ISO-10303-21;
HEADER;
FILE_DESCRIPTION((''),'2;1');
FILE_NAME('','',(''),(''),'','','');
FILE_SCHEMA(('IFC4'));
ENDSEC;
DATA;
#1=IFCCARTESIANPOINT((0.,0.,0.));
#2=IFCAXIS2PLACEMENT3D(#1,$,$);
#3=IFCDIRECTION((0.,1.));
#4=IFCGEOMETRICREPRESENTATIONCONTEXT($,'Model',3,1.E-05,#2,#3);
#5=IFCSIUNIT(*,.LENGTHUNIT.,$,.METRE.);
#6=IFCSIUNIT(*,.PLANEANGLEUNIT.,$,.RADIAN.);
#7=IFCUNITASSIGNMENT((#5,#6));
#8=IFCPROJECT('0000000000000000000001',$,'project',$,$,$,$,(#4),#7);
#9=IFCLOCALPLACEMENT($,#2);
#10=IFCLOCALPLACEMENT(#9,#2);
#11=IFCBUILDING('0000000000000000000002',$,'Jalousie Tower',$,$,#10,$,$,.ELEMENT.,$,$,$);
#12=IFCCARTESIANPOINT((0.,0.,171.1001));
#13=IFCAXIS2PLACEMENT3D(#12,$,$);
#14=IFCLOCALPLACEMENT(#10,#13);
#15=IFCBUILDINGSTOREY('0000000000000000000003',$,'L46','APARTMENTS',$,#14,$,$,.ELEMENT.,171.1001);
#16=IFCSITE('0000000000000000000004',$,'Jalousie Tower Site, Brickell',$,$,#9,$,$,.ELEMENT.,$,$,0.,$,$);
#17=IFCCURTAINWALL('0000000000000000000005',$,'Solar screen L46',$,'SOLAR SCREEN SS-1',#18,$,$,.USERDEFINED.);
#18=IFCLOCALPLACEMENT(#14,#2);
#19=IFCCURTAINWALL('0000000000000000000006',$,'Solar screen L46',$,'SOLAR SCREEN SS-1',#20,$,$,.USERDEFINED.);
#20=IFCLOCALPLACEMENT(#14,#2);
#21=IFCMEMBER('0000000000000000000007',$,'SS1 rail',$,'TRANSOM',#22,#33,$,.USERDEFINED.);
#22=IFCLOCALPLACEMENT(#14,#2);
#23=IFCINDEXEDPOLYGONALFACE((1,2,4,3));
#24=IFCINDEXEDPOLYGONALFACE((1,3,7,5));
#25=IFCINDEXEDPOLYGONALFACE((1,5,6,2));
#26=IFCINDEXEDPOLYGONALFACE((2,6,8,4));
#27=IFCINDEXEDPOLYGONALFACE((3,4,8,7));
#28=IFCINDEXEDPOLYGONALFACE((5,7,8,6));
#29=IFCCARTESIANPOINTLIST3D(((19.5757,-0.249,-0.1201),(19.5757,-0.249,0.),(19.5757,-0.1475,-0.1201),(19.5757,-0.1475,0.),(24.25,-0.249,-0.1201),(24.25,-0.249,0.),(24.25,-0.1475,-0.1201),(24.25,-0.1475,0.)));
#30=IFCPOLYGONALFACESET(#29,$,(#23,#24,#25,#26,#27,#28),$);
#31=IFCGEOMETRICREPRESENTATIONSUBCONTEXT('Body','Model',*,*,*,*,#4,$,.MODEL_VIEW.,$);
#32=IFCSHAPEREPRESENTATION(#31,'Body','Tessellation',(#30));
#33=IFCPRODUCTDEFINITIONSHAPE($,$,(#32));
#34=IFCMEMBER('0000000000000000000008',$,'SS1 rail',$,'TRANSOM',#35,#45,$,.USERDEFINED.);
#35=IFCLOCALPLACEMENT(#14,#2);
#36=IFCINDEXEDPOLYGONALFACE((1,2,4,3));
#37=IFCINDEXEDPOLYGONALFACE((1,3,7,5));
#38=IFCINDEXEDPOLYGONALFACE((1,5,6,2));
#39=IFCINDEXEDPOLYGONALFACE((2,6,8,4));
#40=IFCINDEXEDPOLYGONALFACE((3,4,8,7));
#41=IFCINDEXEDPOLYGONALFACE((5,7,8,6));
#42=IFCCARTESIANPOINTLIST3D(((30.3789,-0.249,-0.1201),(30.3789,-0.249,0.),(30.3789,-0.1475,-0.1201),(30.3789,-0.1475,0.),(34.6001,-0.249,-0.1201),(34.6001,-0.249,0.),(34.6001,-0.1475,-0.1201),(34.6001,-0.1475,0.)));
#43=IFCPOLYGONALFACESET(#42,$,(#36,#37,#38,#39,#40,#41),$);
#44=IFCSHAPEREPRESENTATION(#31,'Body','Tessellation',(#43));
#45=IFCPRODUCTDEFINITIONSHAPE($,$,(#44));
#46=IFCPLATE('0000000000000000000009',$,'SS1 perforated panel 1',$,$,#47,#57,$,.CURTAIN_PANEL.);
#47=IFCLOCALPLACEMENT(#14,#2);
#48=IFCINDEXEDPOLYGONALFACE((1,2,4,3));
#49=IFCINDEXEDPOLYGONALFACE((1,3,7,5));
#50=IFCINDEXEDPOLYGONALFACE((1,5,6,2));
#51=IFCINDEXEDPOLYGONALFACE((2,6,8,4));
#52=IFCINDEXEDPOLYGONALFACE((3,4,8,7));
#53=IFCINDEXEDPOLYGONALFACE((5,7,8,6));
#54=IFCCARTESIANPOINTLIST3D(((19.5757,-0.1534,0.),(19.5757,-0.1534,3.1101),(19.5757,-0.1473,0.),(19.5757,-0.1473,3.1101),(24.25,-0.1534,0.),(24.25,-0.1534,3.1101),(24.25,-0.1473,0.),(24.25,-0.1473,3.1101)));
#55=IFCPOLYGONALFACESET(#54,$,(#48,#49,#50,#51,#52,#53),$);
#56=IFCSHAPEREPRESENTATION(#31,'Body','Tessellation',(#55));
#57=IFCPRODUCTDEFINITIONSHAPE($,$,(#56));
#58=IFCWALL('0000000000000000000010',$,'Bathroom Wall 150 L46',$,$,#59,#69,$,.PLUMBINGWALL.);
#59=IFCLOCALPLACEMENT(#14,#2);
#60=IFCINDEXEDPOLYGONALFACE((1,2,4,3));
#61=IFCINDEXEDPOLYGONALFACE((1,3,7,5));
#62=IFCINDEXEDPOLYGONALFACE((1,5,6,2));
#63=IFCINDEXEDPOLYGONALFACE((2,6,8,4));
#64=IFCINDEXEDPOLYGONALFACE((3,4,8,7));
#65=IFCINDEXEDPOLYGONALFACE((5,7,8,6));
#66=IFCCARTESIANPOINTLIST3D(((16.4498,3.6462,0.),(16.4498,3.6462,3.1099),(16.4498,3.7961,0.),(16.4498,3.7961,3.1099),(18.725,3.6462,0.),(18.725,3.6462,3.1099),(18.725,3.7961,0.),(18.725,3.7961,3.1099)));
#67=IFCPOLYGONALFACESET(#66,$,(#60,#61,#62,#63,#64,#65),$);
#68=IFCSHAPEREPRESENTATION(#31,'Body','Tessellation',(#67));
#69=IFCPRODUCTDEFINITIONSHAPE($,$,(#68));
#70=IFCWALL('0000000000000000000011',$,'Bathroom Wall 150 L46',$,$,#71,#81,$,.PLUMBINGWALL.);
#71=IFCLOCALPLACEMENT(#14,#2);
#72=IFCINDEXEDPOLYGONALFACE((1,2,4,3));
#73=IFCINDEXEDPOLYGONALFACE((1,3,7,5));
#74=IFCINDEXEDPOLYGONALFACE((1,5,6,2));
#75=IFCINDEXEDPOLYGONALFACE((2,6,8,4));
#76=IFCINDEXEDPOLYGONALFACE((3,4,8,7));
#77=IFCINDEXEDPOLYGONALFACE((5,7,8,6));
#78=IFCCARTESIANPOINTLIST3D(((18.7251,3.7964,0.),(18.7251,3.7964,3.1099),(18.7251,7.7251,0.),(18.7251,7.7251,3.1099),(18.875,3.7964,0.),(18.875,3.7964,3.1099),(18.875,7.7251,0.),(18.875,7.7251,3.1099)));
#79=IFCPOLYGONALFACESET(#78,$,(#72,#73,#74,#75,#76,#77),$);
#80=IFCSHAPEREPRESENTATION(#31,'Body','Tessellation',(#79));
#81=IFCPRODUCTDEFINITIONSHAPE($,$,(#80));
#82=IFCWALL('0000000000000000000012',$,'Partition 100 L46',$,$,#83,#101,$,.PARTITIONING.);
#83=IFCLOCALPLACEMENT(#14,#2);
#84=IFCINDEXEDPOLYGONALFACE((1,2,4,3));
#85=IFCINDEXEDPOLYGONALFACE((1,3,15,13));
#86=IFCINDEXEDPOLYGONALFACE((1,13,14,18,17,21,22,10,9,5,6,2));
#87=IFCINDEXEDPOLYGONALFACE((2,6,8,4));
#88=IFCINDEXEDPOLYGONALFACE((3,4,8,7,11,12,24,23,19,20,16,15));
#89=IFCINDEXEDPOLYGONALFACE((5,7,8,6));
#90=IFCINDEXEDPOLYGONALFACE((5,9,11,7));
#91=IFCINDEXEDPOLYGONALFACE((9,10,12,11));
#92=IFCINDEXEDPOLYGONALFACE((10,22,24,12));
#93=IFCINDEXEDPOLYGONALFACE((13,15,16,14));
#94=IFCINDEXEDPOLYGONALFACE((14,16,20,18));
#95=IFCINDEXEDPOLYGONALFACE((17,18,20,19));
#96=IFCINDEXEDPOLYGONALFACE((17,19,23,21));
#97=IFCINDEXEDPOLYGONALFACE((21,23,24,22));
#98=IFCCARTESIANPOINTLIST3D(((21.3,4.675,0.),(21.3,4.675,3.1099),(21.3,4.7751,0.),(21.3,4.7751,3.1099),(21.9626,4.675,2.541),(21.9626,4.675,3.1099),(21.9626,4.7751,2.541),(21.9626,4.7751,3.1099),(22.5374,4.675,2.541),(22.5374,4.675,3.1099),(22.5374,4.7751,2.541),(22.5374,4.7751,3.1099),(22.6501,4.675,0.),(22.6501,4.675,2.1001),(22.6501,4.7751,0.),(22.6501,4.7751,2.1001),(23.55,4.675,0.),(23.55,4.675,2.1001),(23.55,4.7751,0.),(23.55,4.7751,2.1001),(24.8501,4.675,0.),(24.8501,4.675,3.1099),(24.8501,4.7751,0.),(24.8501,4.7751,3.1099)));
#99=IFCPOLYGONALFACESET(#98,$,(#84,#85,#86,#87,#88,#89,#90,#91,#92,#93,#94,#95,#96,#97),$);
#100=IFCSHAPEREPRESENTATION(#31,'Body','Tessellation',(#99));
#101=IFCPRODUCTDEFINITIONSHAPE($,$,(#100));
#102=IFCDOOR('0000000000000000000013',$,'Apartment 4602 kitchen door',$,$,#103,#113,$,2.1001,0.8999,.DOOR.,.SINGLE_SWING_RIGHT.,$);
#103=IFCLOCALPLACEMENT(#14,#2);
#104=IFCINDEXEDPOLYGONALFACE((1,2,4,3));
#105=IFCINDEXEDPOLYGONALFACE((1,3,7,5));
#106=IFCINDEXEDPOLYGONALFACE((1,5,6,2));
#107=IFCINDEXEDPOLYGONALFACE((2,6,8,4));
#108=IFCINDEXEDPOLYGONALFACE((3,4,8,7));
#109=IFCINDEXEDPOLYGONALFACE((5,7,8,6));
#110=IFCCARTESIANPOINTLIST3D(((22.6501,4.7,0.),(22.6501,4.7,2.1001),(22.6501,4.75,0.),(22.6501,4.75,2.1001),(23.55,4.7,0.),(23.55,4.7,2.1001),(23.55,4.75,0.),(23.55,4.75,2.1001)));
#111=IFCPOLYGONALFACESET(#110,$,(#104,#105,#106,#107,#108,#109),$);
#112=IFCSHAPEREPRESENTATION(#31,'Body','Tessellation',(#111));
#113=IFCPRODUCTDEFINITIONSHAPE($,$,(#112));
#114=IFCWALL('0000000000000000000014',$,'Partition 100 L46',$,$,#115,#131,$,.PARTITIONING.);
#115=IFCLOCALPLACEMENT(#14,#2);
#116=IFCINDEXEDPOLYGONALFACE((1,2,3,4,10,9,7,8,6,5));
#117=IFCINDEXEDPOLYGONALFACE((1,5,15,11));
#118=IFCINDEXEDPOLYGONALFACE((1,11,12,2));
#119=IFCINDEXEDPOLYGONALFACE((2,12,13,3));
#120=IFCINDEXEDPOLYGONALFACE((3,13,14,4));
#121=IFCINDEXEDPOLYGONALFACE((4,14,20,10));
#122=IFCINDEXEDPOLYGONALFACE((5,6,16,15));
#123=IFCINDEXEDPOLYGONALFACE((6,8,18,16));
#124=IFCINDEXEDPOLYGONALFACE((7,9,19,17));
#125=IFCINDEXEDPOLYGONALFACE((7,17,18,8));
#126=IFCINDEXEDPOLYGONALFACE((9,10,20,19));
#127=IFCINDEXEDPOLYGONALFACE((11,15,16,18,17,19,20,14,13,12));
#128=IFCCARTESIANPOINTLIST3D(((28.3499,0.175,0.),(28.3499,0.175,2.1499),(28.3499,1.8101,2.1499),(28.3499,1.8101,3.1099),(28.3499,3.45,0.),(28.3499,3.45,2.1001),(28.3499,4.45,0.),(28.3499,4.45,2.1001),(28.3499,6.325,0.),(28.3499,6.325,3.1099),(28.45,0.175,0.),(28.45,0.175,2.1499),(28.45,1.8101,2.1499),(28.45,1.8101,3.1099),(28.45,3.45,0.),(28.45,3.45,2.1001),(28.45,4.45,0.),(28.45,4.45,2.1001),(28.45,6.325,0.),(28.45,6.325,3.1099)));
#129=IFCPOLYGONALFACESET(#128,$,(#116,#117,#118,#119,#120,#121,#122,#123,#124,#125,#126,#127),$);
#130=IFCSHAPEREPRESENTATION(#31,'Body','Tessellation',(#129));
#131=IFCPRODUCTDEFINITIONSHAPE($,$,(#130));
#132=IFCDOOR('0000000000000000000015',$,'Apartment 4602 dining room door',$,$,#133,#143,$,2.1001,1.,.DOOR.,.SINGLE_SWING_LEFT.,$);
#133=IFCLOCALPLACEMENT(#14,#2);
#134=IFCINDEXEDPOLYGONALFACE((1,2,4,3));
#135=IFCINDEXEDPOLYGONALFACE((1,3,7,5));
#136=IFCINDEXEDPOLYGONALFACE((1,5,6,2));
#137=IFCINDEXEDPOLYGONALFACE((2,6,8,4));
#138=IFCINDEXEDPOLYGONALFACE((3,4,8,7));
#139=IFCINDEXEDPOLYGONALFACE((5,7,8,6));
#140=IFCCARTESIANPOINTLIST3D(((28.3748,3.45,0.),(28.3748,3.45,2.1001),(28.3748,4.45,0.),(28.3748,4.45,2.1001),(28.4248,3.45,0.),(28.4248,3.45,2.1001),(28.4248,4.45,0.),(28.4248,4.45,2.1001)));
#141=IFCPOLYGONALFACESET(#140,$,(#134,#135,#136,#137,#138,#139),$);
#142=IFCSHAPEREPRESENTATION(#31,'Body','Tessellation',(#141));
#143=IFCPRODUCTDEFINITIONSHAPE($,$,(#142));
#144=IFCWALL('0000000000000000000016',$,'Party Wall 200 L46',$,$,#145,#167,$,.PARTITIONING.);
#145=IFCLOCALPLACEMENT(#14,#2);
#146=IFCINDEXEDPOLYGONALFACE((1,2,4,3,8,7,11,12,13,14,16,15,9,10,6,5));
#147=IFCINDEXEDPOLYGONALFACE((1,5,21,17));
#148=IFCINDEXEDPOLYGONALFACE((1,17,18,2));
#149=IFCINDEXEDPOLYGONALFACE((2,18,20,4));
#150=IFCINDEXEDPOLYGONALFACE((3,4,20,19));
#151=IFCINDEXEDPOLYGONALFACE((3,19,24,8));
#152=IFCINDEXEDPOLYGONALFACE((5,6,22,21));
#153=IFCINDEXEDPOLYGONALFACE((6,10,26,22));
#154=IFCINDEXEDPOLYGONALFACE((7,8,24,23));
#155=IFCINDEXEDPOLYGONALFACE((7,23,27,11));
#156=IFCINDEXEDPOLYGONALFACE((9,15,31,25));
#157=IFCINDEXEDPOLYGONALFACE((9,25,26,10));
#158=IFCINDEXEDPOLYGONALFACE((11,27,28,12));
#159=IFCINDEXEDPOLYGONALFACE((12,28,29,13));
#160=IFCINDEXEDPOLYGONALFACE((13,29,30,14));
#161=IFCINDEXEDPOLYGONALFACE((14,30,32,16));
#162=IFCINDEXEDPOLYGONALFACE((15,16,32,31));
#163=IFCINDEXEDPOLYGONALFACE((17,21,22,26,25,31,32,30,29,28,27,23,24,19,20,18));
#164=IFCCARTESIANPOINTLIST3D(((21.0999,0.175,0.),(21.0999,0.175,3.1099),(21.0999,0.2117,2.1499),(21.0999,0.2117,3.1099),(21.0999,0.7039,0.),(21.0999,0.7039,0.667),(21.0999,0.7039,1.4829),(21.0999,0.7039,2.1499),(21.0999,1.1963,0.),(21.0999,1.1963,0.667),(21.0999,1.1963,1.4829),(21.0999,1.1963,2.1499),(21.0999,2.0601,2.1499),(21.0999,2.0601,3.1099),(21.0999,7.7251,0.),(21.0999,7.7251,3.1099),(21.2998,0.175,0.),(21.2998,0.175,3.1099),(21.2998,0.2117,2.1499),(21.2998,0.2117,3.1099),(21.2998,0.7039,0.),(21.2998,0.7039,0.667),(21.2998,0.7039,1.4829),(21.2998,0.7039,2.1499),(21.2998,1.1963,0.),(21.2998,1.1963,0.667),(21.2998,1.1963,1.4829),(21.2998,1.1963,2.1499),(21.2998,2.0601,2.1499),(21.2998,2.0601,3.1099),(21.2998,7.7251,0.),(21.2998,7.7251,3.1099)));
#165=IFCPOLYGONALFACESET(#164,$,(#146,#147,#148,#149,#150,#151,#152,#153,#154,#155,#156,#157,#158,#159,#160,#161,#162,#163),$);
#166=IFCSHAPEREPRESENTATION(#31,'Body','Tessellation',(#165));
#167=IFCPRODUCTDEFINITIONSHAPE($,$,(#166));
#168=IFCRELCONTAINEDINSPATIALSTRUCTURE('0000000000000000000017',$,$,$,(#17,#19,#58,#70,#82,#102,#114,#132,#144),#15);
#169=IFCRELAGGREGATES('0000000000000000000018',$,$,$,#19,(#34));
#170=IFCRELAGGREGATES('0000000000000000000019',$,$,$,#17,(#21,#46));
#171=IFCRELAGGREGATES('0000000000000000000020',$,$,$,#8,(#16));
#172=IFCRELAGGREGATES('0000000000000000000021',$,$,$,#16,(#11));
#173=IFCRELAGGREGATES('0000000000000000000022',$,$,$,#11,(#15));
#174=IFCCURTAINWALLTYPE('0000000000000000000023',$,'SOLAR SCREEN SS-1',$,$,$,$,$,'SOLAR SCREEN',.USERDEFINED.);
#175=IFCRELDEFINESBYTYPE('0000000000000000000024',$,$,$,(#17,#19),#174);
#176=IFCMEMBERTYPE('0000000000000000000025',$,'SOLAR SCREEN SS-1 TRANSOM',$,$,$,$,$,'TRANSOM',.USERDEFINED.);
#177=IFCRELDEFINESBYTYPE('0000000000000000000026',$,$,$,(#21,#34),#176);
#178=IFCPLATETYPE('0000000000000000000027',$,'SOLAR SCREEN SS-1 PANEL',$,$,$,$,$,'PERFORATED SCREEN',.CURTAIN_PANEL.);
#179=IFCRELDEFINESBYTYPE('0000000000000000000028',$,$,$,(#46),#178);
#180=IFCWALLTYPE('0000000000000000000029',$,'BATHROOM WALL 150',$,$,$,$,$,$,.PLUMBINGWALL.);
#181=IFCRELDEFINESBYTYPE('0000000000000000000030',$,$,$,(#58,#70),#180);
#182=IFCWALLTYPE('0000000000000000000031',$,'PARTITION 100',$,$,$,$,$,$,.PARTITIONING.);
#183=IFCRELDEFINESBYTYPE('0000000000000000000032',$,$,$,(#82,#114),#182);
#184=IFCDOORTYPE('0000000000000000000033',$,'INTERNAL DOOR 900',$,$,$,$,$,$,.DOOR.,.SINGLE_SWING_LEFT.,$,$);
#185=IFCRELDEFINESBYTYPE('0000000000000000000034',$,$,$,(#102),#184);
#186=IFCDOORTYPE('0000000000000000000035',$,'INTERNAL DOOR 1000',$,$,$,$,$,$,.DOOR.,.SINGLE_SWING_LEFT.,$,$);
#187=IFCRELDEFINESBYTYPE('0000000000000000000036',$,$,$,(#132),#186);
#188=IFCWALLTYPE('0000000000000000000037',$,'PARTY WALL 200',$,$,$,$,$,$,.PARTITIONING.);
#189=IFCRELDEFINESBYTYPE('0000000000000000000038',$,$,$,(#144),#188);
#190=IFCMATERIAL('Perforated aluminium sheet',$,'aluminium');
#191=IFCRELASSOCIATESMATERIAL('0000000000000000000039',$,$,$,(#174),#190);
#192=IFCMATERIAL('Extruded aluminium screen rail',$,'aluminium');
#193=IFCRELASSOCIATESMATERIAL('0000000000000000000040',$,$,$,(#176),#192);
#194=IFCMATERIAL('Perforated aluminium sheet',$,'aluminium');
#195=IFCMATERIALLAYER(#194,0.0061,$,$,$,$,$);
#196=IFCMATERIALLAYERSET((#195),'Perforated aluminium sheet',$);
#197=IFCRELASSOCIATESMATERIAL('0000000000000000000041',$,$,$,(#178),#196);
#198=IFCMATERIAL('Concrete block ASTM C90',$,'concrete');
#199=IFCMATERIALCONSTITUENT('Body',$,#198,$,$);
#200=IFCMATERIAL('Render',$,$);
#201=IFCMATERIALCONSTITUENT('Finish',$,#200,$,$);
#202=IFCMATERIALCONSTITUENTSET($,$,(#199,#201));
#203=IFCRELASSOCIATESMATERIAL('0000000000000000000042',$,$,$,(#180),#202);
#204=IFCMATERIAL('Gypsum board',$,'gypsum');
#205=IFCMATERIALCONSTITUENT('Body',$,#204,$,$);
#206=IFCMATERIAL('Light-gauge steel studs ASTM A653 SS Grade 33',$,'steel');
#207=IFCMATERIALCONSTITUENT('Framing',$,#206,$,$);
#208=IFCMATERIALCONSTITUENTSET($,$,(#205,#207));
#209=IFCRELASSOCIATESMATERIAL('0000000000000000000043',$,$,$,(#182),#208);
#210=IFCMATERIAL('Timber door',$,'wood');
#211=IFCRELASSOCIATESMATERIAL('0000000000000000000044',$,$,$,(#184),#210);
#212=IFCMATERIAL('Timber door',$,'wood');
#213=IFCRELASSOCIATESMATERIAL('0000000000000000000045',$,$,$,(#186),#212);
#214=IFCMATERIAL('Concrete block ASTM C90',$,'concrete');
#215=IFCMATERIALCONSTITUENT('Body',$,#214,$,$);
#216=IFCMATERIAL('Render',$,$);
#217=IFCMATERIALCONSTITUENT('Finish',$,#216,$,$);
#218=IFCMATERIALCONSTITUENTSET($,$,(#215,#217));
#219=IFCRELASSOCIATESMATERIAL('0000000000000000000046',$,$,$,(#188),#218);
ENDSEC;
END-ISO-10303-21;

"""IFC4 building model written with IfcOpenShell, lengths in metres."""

from ifc_helpers import new_model, si_unit, direction, frame, frame_2d, origin, origin_2d, place, context, subcontext, project, spatial, polyline, rectangle, outline, extrude, material, layer, layer_set, constituent, constituent_set, material_profile, profile_set, type_object, element, fill, aggregate, save


model = new_model("IFC4")

# Units and contexts
model_context = context("Model", 3, precision=1e-05, world=origin(), true_north=direction((0.0, 1.0)))
body_context = subcontext(model_context, "Body", "Model", "MODEL_VIEW")
ifc_project = project(units=[si_unit("LENGTHUNIT", "METRE"), si_unit("PLANEANGLEUNIT", "RADIAN")], contexts=[model_context])

# Site, building, storey
site_placement = place(None, origin())
site = spatial("IfcSite", under=ifc_project, at=site_placement, Name="Jalousie Tower Site, Brickell", CompositionType="ELEMENT", RefElevation=0.0)
building_placement = place(site_placement, origin())
building = spatial("IfcBuilding", under=site, at=building_placement, Name="Jalousie Tower", CompositionType="ELEMENT")
storey_placement = place(building_placement, frame((0.0, 0.0, 171.1001)))
storey = spatial("IfcBuildingStorey", under=building, at=storey_placement, Name="L46", Description="APARTMENTS", CompositionType="ELEMENT", Elevation=171.1001)

# Curtain wall
ifc_material_1 = material(Name="Perforated aluminium sheet", Category="aluminium")
curtain_wall_type = type_object("IfcCurtainWallType", Name="SOLAR SCREEN SS-1", ElementType="SOLAR SCREEN", PredefinedType="USERDEFINED", material=ifc_material_1)
curtain_wall_1_placement = place(storey_placement, origin())
curtain_wall_1 = element("IfcCurtainWall", 1, at=curtain_wall_1_placement, inside=storey, type_object=curtain_wall_type, Name="Solar screen L46", ObjectType="SOLAR SCREEN SS-1", PredefinedType="USERDEFINED")

# Curtain wall
curtain_wall_2_placement = place(storey_placement, origin())
curtain_wall_2 = element("IfcCurtainWall", 2, at=curtain_wall_2_placement, inside=storey, type_object=curtain_wall_type, Name="Solar screen L46", ObjectType="SOLAR SCREEN SS-1", PredefinedType="USERDEFINED")

# Members
ifc_material_2 = material(Name="Extruded aluminium screen rail", Category="aluminium")
ifc_material_profile_1 = material_profile(ifc_material_2, rectangle(XDim=0.1016, YDim=0.1201, at=origin_2d()), Name="RAIL 102x120")
ifc_profile_set_1 = profile_set([ifc_material_profile_1], Name="Extruded aluminium screen rail")
member_type_1 = type_object("IfcMemberType", Name="SOLAR SCREEN SS-1 TRANSOM", ElementType="TRANSOM", PredefinedType="USERDEFINED", material=ifc_profile_set_1)
member_1_placement = place(storey_placement, frame((19.5757, -0.1982, -0.0601), z_axis=(1.0, 0.0, 0.0), x_axis=(0.0, 1.0, 0.0)))
member_1 = element("IfcMember", 3, at=member_1_placement, type_object=member_type_1, Name="SS1 rail", ObjectType="TRANSOM", PredefinedType="USERDEFINED", context=body_context, shape_type="SweptSolid", body=[
    extrude(rectangle(XDim=0.1016, YDim=0.1201, at=origin_2d()), origin(), (0.0, 0.0, 1.0), 4.6743),
])
member_2_placement = place(storey_placement, frame((30.3789, -0.1982, -0.0601), z_axis=(1.0, 0.0, 0.0), x_axis=(0.0, 1.0, 0.0)))
member_2 = element("IfcMember", 4, at=member_2_placement, type_object=member_type_1, Name="SS1 rail", ObjectType="TRANSOM", PredefinedType="USERDEFINED", context=body_context, shape_type="SweptSolid", body=[
    extrude(rectangle(XDim=0.1016, YDim=0.1201, at=origin_2d()), origin(), (0.0, 0.0, 1.0), 4.2212),
])
aggregate(curtain_wall_2, [member_2])

# Plate
ifc_material_3 = material(Name="Perforated aluminium sheet", Category="aluminium")
ifc_layer_1 = layer(ifc_material_3, 0.0061)
ifc_layer_set_1 = layer_set([ifc_layer_1], Name="Perforated aluminium sheet")
plate_type = type_object("IfcPlateType", Name="SOLAR SCREEN SS-1 PANEL", ElementType="PERFORATED SCREEN", PredefinedType="CURTAIN_PANEL", material=ifc_layer_set_1)
plate_placement = place(storey_placement, frame((21.9128, -0.1504, 0.0), z_axis=(0.0, 0.0, 1.0), x_axis=(1.0, 0.0, 0.0)))
plate = element("IfcPlate", 5, at=plate_placement, type_object=plate_type, Name="SS1 perforated panel 1", PredefinedType="CURTAIN_PANEL", context=body_context, shape_type="SweptSolid", body=[
    extrude(rectangle(XDim=4.6743, YDim=0.0061, at=origin_2d()), origin(), (0.0, 0.0, 1.0), 3.1101),
])
aggregate(curtain_wall_1, [member_1, plate])

# Walls
ifc_material_4 = material(Name="Concrete block ASTM C90", Category="concrete")
ifc_constituent_1 = constituent(ifc_material_4, Name="Body")
ifc_material_5 = material(Name="Render")
ifc_constituent_2 = constituent(ifc_material_5, Name="Finish")
ifc_constituent_set_1 = constituent_set(constituents=[ifc_constituent_1, ifc_constituent_2])
wall_type_1 = type_object("IfcWallType", Name="BATHROOM WALL 150", PredefinedType="PLUMBINGWALL", material=ifc_constituent_set_1)
wall_1_placement = place(storey_placement, frame((18.7251, 3.7212, 0.0), z_axis=(0.0, 0.0, 1.0), x_axis=(-1.0, 0.0, 0.0)))
element("IfcWall", 6, at=wall_1_placement, inside=storey, type_object=wall_type_1, Name="Bathroom Wall 150 L46", PredefinedType="PLUMBINGWALL", context=body_context, shape_type="SweptSolid", body=[
    extrude(rectangle(XDim=2.2751, YDim=0.1499, at=frame_2d((1.1377, 0.0))), origin(), (0.0, 0.0, 1.0), 3.1099),
])
wall_2_placement = place(storey_placement, frame((18.8, 3.7964, 0.0), z_axis=(0.0, 0.0, 1.0), x_axis=(0.0, 1.0, 0.0)))
element("IfcWall", 7, at=wall_2_placement, inside=storey, type_object=wall_type_1, Name="Bathroom Wall 150 L46", PredefinedType="PLUMBINGWALL", context=body_context, shape_type="SweptSolid", body=[
    extrude(rectangle(XDim=3.9287, YDim=0.1499, at=frame_2d((1.9644, 0.0))), origin(), (0.0, 0.0, 1.0), 3.1099),
])

# Walls, openings, doors
ifc_material_6 = material(Name="Gypsum board", Category="gypsum")
ifc_constituent_3 = constituent(ifc_material_6, Name="Body")
ifc_material_7 = material(Name="Light-gauge steel studs ASTM A653 SS Grade 33", Category="steel")
ifc_constituent_4 = constituent(ifc_material_7, Name="Framing")
ifc_constituent_set_2 = constituent_set(constituents=[ifc_constituent_3, ifc_constituent_4])
wall_type_2 = type_object("IfcWallType", Name="PARTITION 100", PredefinedType="PARTITIONING", material=ifc_constituent_set_2)
wall_3_placement = place(storey_placement, frame((21.3, 4.7251, 0.0), z_axis=(0.0, 0.0, 1.0), x_axis=(1.0, 0.0, 0.0)))
wall_3 = element("IfcWall", 8, at=wall_3_placement, inside=storey, type_object=wall_type_2, Name="Partition 100 L46", PredefinedType="PARTITIONING", context=body_context, shape_type="SweptSolid", body=[
    extrude(outline(polyline([(0.0, 0.0), (3.55, 0.0), (3.55, 3.1099), (1.2373, 3.1099), (1.2373, 2.541), (0.6626, 2.541), (0.6626, 3.1099), (0.0, 3.1099), (0.0, 0.0)])), frame((0.0, 0.05, 0.0), z_axis=(0.0, -1.0, 0.0), x_axis=(1.0, 0.0, 0.0)), (0.0, 0.0, 1.0), 0.1001),
])
opening_1_placement = place(wall_3_placement, frame((1.3501, 0.0, 0.0)))
opening_1 = element("IfcOpeningElement", 9, at=opening_1_placement, cuts=wall_3, PredefinedType="OPENING", context=body_context, shape_type="SweptSolid", body=[
    extrude(rectangle(XDim=0.8999, YDim=2.1001, at=frame_2d((0.45, 1.05))), frame((0.0, 0.0601, 0.0), z_axis=(0.0, -1.0, 0.0), x_axis=(1.0, 0.0, 0.0)), (0.0, 0.0, 1.0), 0.1201),
])
ifc_material_8 = material(Name="Timber door", Category="wood")
door_type_1 = type_object("IfcDoorType", Name="INTERNAL DOOR 900", OperationType="SINGLE_SWING_LEFT", PredefinedType="DOOR", material=ifc_material_8)
door_1_placement = place(opening_1_placement, origin())
door_1 = element("IfcDoor", 10, at=door_1_placement, inside=storey, type_object=door_type_1, Name="Apartment 4602 kitchen door", OperationType="SINGLE_SWING_RIGHT", OverallHeight=2.1001, OverallWidth=0.8999, PredefinedType="DOOR", context=body_context, shape_type="SweptSolid", body=[
    extrude(rectangle(XDim=0.8999, YDim=2.1001, at=frame_2d((0.45, 1.05))), frame((0.0, 0.0249, 0.0), z_axis=(0.0, -1.0, 0.0), x_axis=(1.0, 0.0, 0.0)), (0.0, 0.0, 1.0), 0.05),
])
fill(opening_1, door_1)
wall_4_placement = place(storey_placement, frame((28.3999, 0.175, 0.0), z_axis=(0.0, 0.0, 1.0), x_axis=(0.0, 1.0, 0.0)))
wall_4 = element("IfcWall", 11, at=wall_4_placement, inside=storey, type_object=wall_type_2, Name="Partition 100 L46", PredefinedType="PARTITIONING", context=body_context, shape_type="SweptSolid", body=[
    extrude(outline(polyline([(0.0, 0.0), (6.1499, 0.0), (6.1499, 3.1099), (1.635, 3.1099), (1.635, 2.1499), (0.0, 2.1499), (0.0, 3.1099), (0.0, 0.0)])), frame((0.0, 0.05, 0.0), z_axis=(0.0, -1.0, 0.0), x_axis=(1.0, 0.0, 0.0)), (0.0, 0.0, 1.0), 0.1001),
])
opening_2_placement = place(wall_4_placement, frame((3.2749, 0.0, 0.0)))
opening_2 = element("IfcOpeningElement", 12, at=opening_2_placement, cuts=wall_4, PredefinedType="OPENING", context=body_context, shape_type="SweptSolid", body=[
    extrude(rectangle(XDim=1.0, YDim=2.1001, at=frame_2d((0.5, 1.05))), frame((0.0, 0.0601, 0.0), z_axis=(0.0, -1.0, 0.0), x_axis=(1.0, 0.0, 0.0)), (0.0, 0.0, 1.0), 0.1201),
])
ifc_material_9 = material(Name="Timber door", Category="wood")
door_type_2 = type_object("IfcDoorType", Name="INTERNAL DOOR 1000", OperationType="SINGLE_SWING_LEFT", PredefinedType="DOOR", material=ifc_material_9)
door_2_placement = place(opening_2_placement, frame((1.0, 0.0, 0.0), z_axis=(0.0, 0.0, 1.0), x_axis=(-1.0, 0.0, 0.0)))
door_2 = element("IfcDoor", 13, at=door_2_placement, inside=storey, type_object=door_type_2, Name="Apartment 4602 dining room door", OperationType="SINGLE_SWING_LEFT", OverallHeight=2.1001, OverallWidth=1.0, PredefinedType="DOOR", context=body_context, shape_type="SweptSolid", body=[
    extrude(rectangle(XDim=1.0, YDim=2.1001, at=frame_2d((0.5, 1.05))), frame((0.0, 0.0249, 0.0), z_axis=(0.0, -1.0, 0.0), x_axis=(1.0, 0.0, 0.0)), (0.0, 0.0, 1.0), 0.05),
])
fill(opening_2, door_2)

# Wall
ifc_material_10 = material(Name="Concrete block ASTM C90", Category="concrete")
ifc_constituent_5 = constituent(ifc_material_10, Name="Body")
ifc_material_11 = material(Name="Render")
ifc_constituent_6 = constituent(ifc_material_11, Name="Finish")
ifc_constituent_set_3 = constituent_set(constituents=[ifc_constituent_5, ifc_constituent_6])
wall_type_3 = type_object("IfcWallType", Name="PARTY WALL 200", PredefinedType="PARTITIONING", material=ifc_constituent_set_3)
wall_5_placement = place(storey_placement, frame((21.2, 0.175, 0.0), z_axis=(0.0, 0.0, 1.0), x_axis=(0.0, 1.0, 0.0)))
element("IfcWall", 14, at=wall_5_placement, inside=storey, type_object=wall_type_3, Name="Party Wall 200 L46", PredefinedType="PARTITIONING", context=body_context, shape_type="SweptSolid", body=[
    extrude(outline(polyline([(0.0366, 3.1099), (0.0, 3.1099), (0.0, 0.0), (0.5288, 0.0), (0.5288, 0.667), (1.0212, 0.667), (1.0212, 0.0), (7.55, 0.0), (7.55, 3.1099), (1.885, 3.1099), (1.885, 2.1499), (1.0212, 2.1499), (1.0212, 1.4829), (0.5288, 1.4829), (0.5288, 2.1499), (0.0366, 2.1499), (0.0366, 3.1099)])), frame((0.0, 0.1001, 0.0), z_axis=(0.0, -1.0, 0.0), x_axis=(1.0, 0.0, 0.0)), (0.0, 0.0, 1.0), 0.2),
])

save(model, "model.ifc")
